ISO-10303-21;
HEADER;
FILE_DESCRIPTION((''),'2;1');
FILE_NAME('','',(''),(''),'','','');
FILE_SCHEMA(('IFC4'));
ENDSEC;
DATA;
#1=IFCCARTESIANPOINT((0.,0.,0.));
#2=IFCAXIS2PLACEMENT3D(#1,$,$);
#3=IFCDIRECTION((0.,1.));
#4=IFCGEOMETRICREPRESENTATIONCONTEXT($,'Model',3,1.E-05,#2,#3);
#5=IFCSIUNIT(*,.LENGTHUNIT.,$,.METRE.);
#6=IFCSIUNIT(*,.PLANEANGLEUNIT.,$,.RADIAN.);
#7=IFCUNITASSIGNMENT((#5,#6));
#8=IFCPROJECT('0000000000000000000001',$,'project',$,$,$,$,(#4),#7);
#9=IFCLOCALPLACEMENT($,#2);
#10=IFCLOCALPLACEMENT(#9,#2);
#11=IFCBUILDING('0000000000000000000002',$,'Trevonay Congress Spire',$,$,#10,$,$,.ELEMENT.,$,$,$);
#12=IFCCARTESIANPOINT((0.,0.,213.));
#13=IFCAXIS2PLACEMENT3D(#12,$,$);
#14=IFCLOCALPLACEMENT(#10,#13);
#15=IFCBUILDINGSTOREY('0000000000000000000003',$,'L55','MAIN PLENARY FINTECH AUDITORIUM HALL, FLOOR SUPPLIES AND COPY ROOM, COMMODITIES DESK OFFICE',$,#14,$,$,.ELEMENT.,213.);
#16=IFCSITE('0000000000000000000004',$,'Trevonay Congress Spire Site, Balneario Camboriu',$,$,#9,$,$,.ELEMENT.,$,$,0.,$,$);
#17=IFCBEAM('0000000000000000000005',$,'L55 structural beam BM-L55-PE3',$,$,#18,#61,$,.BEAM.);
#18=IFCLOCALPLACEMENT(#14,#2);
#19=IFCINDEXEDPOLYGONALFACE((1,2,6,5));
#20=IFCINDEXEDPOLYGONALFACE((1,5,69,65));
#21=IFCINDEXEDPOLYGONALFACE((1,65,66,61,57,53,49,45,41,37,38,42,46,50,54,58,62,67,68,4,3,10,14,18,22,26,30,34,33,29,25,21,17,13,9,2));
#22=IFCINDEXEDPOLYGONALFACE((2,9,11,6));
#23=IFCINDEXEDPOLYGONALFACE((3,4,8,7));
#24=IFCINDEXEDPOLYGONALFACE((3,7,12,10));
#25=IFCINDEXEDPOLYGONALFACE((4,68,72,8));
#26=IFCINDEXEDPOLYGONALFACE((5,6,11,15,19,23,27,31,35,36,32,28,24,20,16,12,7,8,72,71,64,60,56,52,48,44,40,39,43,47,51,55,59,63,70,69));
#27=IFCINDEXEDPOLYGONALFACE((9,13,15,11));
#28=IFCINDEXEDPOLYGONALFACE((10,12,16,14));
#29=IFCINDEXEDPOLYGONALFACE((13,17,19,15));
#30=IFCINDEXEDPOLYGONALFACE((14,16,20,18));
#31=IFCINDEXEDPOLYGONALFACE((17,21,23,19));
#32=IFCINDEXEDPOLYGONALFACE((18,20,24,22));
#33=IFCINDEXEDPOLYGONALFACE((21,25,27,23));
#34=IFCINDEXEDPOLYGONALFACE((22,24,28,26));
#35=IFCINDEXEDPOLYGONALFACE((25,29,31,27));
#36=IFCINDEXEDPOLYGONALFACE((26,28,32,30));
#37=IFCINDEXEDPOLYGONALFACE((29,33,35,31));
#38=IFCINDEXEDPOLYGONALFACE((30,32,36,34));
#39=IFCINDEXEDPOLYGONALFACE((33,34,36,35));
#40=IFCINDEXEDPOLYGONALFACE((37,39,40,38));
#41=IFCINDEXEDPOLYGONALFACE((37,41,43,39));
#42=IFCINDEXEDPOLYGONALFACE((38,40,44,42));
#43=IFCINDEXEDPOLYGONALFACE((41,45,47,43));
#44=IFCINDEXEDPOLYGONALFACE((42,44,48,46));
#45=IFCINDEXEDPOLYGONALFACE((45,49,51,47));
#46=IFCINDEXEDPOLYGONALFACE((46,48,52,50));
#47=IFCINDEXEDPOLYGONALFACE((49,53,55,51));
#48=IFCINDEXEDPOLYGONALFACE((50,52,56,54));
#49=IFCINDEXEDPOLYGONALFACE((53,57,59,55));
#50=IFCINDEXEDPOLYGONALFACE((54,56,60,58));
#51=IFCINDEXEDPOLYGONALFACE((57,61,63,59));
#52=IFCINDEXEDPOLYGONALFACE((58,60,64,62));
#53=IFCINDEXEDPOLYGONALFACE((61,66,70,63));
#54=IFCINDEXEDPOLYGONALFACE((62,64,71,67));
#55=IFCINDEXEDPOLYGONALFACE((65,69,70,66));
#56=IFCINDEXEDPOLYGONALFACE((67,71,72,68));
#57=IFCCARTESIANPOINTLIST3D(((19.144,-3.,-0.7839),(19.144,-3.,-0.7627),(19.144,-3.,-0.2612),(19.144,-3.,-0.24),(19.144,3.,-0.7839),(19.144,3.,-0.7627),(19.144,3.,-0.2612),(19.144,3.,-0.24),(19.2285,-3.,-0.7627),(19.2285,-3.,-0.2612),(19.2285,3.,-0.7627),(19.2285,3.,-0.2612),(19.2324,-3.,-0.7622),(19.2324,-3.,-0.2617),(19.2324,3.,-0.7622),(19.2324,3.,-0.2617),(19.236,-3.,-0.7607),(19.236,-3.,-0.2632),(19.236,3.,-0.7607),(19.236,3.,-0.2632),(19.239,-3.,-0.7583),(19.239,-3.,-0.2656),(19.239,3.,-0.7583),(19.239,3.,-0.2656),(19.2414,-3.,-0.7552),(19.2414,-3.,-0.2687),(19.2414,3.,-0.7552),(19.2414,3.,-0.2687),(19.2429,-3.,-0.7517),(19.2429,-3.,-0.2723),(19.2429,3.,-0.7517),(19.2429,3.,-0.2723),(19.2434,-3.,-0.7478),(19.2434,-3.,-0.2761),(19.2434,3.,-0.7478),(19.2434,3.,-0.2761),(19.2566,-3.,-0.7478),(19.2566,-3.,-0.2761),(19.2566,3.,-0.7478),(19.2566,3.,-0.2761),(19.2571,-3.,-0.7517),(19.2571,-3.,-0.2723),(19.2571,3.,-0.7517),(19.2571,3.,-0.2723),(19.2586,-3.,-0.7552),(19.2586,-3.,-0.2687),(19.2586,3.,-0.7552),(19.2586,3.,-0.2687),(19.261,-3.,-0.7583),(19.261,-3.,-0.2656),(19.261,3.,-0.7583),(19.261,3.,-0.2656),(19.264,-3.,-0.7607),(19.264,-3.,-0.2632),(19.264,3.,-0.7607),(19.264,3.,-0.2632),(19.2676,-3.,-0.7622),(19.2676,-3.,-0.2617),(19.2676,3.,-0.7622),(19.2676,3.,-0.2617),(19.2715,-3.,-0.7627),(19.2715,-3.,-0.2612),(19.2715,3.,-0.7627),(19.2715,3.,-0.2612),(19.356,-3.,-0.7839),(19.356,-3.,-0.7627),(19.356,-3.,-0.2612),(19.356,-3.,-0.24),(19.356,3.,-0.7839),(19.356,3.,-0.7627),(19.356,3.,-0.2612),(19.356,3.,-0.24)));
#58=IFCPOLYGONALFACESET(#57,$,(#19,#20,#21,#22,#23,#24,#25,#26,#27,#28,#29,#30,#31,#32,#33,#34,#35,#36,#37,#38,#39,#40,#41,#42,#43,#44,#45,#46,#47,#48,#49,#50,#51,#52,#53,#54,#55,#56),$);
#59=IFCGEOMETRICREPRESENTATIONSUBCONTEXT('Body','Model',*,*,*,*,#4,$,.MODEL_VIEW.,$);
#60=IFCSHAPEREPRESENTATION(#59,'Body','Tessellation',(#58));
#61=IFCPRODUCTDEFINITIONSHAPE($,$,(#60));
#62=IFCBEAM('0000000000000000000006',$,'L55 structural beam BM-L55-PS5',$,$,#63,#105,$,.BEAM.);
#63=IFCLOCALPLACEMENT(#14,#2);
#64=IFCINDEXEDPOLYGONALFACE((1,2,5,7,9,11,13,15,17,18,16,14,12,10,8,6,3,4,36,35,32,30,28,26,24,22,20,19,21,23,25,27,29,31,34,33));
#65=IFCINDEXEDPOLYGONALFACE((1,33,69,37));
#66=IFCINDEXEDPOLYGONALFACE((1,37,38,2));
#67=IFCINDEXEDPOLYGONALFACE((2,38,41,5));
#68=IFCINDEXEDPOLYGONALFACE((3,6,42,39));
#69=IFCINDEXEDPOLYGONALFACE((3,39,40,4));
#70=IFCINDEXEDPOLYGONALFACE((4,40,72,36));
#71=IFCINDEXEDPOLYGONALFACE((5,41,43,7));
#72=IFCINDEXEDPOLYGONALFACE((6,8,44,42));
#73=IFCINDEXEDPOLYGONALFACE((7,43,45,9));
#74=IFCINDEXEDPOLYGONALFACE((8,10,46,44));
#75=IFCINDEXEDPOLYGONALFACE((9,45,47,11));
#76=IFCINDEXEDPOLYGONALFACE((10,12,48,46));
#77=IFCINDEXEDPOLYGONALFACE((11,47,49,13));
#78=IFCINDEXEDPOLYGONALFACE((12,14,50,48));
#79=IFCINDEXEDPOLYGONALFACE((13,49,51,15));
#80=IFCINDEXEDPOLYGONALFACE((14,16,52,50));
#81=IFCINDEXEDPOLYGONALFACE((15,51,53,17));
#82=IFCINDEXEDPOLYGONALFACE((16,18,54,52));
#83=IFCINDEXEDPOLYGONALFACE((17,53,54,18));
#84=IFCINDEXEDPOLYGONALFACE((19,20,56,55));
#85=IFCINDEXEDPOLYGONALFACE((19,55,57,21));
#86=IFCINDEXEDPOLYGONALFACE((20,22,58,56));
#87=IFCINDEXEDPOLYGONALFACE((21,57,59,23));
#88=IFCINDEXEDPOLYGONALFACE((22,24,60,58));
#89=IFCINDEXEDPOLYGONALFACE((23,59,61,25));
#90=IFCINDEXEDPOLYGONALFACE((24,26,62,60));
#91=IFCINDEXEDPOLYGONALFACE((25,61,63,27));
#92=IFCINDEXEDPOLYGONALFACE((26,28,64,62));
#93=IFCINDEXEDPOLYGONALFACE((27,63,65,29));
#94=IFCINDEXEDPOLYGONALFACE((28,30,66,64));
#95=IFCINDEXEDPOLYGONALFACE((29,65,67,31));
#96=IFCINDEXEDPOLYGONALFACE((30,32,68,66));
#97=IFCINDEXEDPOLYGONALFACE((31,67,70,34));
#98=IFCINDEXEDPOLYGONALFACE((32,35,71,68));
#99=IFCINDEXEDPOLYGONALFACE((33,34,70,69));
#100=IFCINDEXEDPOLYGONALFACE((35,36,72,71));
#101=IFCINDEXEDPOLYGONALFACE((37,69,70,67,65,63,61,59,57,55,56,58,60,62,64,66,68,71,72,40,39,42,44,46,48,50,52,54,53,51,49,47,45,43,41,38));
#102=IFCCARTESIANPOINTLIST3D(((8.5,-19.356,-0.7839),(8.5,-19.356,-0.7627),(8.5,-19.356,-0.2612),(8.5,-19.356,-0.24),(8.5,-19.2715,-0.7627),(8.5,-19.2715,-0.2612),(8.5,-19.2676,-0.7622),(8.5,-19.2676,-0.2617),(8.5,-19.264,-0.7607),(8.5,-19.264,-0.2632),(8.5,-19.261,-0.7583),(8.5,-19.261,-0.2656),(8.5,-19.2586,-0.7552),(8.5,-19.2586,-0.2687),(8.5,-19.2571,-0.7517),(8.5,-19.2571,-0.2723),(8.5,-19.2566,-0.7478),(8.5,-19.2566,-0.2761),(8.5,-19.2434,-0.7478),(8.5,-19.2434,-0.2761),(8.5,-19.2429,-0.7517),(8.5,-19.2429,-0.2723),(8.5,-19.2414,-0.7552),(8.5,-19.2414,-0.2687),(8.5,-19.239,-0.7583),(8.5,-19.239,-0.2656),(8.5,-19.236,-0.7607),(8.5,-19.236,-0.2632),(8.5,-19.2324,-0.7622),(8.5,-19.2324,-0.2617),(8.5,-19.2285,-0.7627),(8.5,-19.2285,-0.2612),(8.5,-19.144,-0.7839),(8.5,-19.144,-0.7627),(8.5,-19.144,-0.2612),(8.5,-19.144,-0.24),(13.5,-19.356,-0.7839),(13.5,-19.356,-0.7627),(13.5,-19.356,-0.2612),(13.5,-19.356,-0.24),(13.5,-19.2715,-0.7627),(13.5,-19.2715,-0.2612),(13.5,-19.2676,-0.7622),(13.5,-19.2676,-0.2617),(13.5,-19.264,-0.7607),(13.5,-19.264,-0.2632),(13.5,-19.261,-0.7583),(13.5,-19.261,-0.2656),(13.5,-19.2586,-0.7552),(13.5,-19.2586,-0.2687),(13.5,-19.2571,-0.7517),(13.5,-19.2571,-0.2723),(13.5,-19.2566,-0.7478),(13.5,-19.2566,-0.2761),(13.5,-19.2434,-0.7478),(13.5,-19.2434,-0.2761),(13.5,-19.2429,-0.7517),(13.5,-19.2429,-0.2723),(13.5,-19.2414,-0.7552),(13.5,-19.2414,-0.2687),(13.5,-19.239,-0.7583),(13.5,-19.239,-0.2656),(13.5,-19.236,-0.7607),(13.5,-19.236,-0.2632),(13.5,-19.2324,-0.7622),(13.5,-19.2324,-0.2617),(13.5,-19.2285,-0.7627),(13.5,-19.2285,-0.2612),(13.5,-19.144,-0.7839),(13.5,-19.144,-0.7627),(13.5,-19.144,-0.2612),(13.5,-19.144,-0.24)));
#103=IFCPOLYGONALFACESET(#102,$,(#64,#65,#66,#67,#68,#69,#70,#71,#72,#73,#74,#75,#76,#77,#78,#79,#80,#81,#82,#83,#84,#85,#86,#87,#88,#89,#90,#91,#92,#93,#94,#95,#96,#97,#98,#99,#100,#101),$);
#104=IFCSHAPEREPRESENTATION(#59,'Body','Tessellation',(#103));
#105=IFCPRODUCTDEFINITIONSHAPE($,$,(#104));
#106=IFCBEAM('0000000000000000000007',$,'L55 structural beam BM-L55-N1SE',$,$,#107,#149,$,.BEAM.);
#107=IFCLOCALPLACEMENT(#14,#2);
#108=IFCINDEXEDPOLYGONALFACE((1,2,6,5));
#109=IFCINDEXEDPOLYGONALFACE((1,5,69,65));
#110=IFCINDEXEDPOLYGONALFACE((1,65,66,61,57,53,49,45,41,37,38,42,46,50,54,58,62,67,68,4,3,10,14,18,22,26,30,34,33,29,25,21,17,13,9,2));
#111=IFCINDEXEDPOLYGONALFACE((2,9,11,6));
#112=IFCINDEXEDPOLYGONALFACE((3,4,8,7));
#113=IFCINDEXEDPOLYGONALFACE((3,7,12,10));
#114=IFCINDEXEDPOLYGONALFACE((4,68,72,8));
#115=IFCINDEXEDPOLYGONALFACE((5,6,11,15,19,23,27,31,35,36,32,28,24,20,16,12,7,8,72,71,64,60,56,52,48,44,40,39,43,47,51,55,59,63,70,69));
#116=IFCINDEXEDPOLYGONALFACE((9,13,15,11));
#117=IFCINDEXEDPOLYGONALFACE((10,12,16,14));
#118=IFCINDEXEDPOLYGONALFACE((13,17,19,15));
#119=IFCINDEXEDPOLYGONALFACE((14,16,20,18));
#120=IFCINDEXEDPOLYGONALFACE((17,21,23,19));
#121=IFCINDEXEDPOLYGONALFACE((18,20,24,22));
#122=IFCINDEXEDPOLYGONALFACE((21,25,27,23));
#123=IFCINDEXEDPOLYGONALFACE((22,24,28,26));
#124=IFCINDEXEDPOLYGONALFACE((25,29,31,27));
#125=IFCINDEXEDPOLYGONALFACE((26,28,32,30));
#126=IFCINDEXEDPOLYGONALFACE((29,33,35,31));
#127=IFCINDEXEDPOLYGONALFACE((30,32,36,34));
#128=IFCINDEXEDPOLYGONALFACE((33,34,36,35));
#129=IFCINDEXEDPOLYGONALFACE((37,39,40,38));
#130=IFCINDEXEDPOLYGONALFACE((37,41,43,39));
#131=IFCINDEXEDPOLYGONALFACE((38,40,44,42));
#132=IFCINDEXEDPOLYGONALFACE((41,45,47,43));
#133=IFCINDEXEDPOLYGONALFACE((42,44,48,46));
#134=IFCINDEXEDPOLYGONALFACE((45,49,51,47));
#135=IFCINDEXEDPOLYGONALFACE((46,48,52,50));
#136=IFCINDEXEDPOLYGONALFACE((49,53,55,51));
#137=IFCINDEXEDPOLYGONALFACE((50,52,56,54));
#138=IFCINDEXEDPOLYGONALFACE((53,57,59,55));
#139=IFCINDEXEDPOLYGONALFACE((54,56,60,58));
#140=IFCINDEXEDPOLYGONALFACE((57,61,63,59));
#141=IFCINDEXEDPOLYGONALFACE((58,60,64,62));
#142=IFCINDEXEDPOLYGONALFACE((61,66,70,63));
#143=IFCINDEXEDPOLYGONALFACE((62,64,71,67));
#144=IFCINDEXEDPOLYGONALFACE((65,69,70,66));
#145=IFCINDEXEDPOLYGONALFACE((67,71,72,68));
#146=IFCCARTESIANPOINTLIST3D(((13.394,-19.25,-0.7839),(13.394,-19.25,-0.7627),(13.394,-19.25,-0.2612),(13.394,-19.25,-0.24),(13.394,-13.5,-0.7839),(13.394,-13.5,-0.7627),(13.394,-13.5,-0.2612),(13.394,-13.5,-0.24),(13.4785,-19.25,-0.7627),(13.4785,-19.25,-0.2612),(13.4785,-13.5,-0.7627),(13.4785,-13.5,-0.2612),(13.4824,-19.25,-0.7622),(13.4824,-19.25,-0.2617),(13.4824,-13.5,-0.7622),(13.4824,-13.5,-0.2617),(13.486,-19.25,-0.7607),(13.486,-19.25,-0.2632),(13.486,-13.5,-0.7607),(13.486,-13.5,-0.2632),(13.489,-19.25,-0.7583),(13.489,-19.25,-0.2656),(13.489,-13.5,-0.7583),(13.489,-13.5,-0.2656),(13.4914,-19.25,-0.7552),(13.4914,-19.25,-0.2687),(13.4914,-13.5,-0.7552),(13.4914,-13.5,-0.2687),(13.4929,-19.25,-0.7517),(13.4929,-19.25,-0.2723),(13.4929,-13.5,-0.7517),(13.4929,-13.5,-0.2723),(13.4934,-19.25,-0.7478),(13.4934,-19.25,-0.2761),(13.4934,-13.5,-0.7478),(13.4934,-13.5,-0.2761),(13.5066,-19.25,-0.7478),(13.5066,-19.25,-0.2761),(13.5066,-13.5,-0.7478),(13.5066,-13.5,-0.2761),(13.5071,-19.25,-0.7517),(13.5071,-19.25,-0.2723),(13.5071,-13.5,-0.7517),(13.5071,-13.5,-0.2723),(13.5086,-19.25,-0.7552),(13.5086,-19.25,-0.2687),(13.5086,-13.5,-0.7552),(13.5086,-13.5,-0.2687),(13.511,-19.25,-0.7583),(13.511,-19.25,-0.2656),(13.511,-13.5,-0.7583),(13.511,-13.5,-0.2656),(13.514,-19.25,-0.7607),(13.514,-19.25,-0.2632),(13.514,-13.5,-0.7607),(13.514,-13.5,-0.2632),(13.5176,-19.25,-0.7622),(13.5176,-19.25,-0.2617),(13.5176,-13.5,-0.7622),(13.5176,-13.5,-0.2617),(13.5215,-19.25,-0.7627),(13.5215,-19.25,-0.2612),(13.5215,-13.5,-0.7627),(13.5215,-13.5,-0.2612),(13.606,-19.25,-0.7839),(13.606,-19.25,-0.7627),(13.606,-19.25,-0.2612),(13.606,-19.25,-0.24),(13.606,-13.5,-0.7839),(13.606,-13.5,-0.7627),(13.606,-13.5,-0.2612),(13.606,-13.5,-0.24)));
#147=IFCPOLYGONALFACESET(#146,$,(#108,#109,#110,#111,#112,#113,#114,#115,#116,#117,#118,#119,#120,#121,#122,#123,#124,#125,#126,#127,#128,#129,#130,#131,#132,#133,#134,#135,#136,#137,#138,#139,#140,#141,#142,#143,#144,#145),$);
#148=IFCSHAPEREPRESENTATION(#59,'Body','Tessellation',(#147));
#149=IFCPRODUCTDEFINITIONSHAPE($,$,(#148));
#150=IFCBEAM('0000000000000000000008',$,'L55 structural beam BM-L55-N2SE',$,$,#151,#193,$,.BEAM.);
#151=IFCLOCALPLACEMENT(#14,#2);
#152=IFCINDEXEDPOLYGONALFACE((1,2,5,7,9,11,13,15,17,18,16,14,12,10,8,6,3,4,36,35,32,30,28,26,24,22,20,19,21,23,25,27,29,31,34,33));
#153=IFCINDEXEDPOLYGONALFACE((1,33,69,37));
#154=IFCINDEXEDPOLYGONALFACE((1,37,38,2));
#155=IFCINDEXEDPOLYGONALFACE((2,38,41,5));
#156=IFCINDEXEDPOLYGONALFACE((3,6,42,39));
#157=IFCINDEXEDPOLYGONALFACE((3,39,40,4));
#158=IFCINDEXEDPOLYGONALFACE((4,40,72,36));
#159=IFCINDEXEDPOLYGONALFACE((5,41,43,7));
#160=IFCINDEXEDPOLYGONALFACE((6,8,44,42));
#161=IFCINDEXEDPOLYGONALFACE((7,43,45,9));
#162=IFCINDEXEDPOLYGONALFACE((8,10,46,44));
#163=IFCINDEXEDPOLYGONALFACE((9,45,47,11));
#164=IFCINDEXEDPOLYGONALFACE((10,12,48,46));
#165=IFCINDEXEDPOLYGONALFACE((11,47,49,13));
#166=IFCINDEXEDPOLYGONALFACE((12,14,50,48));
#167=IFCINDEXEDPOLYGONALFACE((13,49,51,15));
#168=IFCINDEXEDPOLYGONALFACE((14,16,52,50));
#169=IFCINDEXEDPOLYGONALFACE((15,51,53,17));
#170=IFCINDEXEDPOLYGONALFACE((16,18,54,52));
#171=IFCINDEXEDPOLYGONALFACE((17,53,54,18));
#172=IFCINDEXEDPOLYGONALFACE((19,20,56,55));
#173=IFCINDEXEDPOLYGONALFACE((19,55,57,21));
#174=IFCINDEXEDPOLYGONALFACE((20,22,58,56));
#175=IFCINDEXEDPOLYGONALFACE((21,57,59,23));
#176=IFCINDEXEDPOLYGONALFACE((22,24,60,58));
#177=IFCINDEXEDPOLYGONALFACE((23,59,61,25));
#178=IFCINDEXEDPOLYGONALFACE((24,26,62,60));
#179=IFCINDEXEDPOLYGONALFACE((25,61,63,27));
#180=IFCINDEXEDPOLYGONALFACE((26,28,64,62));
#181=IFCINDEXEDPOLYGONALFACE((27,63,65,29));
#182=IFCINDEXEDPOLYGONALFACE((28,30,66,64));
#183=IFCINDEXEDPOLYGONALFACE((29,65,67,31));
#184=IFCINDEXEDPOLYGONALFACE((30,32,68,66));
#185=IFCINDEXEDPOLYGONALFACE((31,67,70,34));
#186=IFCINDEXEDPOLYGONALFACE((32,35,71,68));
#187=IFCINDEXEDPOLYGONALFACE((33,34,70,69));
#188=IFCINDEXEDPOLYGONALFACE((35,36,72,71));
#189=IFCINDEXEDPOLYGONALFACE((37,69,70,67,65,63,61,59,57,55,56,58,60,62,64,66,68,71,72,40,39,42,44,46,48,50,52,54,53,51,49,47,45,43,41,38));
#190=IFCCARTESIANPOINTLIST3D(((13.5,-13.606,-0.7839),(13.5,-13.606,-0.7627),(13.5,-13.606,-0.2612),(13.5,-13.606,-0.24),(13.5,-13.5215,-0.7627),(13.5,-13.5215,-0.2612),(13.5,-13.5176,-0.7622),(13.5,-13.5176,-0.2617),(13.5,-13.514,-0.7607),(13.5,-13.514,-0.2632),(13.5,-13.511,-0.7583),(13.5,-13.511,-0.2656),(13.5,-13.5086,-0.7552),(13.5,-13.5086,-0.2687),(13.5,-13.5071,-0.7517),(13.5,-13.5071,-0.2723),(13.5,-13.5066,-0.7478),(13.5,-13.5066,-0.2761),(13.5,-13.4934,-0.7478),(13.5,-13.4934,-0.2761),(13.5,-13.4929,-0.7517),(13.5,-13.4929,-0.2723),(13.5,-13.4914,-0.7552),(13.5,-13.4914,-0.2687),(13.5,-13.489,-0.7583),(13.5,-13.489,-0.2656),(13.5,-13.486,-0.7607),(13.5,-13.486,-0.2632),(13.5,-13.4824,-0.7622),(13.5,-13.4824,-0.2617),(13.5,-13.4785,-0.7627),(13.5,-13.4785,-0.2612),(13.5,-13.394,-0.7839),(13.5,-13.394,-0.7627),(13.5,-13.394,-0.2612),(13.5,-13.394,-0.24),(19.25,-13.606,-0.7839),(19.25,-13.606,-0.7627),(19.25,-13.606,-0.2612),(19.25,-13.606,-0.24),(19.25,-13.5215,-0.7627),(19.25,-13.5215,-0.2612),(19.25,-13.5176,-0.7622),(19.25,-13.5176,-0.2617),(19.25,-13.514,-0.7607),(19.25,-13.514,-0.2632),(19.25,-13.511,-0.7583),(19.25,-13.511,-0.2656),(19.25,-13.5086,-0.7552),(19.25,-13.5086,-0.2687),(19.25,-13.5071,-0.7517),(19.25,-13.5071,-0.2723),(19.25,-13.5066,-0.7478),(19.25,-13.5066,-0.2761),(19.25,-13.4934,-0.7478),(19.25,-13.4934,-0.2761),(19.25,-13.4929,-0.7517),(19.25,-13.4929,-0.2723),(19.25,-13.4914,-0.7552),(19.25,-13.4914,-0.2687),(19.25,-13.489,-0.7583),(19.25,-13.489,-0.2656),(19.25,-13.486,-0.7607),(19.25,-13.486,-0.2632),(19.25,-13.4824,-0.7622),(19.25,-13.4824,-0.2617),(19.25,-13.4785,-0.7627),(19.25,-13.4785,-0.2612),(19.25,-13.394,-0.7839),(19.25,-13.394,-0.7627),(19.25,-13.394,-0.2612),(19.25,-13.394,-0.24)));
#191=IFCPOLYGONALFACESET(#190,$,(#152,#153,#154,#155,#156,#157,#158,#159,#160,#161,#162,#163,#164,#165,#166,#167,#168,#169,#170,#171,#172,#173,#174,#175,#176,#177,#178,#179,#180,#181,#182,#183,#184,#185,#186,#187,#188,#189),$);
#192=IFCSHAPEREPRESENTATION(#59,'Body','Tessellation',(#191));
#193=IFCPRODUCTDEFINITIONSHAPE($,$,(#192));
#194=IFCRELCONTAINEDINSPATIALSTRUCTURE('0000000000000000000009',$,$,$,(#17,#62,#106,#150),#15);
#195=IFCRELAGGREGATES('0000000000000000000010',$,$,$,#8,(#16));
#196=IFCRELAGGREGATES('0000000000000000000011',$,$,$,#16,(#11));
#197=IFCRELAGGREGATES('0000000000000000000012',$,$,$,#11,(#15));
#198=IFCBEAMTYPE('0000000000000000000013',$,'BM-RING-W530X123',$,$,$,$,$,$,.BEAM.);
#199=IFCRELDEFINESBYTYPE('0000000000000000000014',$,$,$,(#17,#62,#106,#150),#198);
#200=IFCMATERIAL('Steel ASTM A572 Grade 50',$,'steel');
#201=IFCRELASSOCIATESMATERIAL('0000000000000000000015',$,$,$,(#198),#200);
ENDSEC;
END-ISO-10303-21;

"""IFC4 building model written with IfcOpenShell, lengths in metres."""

from ifc_helpers import new_model, si_unit, direction, frame, origin, origin_2d, place, context, subcontext, project, spatial, i_section, extrude, material, material_profile, profile_set, type_object, element, save


model = new_model("IFC4")

# Units and contexts
model_context = context("Model", 3, precision=1e-05, world=origin(), true_north=direction((0.0, 1.0)))
body_context = subcontext(model_context, "Body", "Model", "MODEL_VIEW")
ifc_project = project(units=[si_unit("LENGTHUNIT", "METRE"), si_unit("PLANEANGLEUNIT", "RADIAN")], contexts=[model_context])

# Site, building, storey
site_placement = place(None, origin())
site = spatial("IfcSite", under=ifc_project, at=site_placement, Name="Trevonay Congress Spire Site, Balneario Camboriu", CompositionType="ELEMENT", RefElevation=0.0)
building_placement = place(site_placement, origin())
building = spatial("IfcBuilding", under=site, at=building_placement, Name="Trevonay Congress Spire", CompositionType="ELEMENT")
storey_placement = place(building_placement, frame((0.0, 0.0, 213.0)))
storey = spatial("IfcBuildingStorey", under=building, at=storey_placement, Name="L55", Description="MAIN PLENARY FINTECH AUDITORIUM HALL, FLOOR SUPPLIES AND COPY ROOM, COMMODITIES DESK OFFICE", CompositionType="ELEMENT", Elevation=213.0)

# Shared definitions
ifc_material_1 = material(Name="Steel ASTM A572 Grade 50", Category="steel")

# Beams
ifc_material_profile_1 = material_profile(ifc_material_1, i_section(OverallWidth=0.2119, OverallDepth=0.5439, WebThickness=0.0132, FlangeThickness=0.0212, FilletRadius=0.0149, at=origin_2d()), Name="W530x123")
ifc_profile_set_1 = profile_set([ifc_material_profile_1], Name="Steel ASTM A572 Grade 50")
beam_type_1 = type_object("IfcBeamType", Name="BM-RING-W530X123", PredefinedType="BEAM", material=ifc_profile_set_1)
beam_1_placement = place(storey_placement, frame((19.25, -3.0, -0.512), z_axis=(0.0, 1.0, 0.0), x_axis=(-1.0, 0.0, 0.0)))
element("IfcBeam", 1, at=beam_1_placement, inside=storey, type_object=beam_type_1, Name="L55 structural beam BM-L55-PE3", PredefinedType="BEAM", context=body_context, shape_type="SweptSolid", body=[
    extrude(i_section(OverallWidth=0.2119, OverallDepth=0.5439, WebThickness=0.0132, FlangeThickness=0.0212, FilletRadius=0.0149, at=origin_2d()), origin(), (0.0, 0.0, 1.0), 6.0),
])
beam_2_placement = place(storey_placement, frame((8.5, -19.25, -0.512), z_axis=(1.0, 0.0, 0.0), x_axis=(0.0, 1.0, 0.0)))
element("IfcBeam", 2, at=beam_2_placement, inside=storey, type_object=beam_type_1, Name="L55 structural beam BM-L55-PS5", PredefinedType="BEAM", context=body_context, shape_type="SweptSolid", body=[
    extrude(i_section(OverallWidth=0.2119, OverallDepth=0.5439, WebThickness=0.0132, FlangeThickness=0.0212, FilletRadius=0.0149, at=origin_2d()), origin(), (0.0, 0.0, 1.0), 5.0),
])
for number, where, z_axis, x_axis, name in (
    (3, (13.5, -19.25, -0.512), (0.0, 1.0, 0.0), (-1.0, 0.0, 0.0), "L55 structural beam BM-L55-N1SE"),
    (4, (19.25, -13.5, -0.512), (-1.0, 0.0, 0.0), (0.0, -1.0, 0.0), "L55 structural beam BM-L55-N2SE"),
):
    element("IfcBeam", number, at=place(storey_placement, frame(where, z_axis=z_axis, x_axis=x_axis)), inside=storey, type_object=beam_type_1, Name=name, PredefinedType="BEAM", context=body_context, shape_type="SweptSolid", body=[
        extrude(i_section(OverallWidth=0.2119, OverallDepth=0.5439, WebThickness=0.0132, FlangeThickness=0.0212, FilletRadius=0.0149, at=origin_2d()), origin(), (0.0, 0.0, 1.0), 5.75),
    ])

save(model, "model.ifc")
